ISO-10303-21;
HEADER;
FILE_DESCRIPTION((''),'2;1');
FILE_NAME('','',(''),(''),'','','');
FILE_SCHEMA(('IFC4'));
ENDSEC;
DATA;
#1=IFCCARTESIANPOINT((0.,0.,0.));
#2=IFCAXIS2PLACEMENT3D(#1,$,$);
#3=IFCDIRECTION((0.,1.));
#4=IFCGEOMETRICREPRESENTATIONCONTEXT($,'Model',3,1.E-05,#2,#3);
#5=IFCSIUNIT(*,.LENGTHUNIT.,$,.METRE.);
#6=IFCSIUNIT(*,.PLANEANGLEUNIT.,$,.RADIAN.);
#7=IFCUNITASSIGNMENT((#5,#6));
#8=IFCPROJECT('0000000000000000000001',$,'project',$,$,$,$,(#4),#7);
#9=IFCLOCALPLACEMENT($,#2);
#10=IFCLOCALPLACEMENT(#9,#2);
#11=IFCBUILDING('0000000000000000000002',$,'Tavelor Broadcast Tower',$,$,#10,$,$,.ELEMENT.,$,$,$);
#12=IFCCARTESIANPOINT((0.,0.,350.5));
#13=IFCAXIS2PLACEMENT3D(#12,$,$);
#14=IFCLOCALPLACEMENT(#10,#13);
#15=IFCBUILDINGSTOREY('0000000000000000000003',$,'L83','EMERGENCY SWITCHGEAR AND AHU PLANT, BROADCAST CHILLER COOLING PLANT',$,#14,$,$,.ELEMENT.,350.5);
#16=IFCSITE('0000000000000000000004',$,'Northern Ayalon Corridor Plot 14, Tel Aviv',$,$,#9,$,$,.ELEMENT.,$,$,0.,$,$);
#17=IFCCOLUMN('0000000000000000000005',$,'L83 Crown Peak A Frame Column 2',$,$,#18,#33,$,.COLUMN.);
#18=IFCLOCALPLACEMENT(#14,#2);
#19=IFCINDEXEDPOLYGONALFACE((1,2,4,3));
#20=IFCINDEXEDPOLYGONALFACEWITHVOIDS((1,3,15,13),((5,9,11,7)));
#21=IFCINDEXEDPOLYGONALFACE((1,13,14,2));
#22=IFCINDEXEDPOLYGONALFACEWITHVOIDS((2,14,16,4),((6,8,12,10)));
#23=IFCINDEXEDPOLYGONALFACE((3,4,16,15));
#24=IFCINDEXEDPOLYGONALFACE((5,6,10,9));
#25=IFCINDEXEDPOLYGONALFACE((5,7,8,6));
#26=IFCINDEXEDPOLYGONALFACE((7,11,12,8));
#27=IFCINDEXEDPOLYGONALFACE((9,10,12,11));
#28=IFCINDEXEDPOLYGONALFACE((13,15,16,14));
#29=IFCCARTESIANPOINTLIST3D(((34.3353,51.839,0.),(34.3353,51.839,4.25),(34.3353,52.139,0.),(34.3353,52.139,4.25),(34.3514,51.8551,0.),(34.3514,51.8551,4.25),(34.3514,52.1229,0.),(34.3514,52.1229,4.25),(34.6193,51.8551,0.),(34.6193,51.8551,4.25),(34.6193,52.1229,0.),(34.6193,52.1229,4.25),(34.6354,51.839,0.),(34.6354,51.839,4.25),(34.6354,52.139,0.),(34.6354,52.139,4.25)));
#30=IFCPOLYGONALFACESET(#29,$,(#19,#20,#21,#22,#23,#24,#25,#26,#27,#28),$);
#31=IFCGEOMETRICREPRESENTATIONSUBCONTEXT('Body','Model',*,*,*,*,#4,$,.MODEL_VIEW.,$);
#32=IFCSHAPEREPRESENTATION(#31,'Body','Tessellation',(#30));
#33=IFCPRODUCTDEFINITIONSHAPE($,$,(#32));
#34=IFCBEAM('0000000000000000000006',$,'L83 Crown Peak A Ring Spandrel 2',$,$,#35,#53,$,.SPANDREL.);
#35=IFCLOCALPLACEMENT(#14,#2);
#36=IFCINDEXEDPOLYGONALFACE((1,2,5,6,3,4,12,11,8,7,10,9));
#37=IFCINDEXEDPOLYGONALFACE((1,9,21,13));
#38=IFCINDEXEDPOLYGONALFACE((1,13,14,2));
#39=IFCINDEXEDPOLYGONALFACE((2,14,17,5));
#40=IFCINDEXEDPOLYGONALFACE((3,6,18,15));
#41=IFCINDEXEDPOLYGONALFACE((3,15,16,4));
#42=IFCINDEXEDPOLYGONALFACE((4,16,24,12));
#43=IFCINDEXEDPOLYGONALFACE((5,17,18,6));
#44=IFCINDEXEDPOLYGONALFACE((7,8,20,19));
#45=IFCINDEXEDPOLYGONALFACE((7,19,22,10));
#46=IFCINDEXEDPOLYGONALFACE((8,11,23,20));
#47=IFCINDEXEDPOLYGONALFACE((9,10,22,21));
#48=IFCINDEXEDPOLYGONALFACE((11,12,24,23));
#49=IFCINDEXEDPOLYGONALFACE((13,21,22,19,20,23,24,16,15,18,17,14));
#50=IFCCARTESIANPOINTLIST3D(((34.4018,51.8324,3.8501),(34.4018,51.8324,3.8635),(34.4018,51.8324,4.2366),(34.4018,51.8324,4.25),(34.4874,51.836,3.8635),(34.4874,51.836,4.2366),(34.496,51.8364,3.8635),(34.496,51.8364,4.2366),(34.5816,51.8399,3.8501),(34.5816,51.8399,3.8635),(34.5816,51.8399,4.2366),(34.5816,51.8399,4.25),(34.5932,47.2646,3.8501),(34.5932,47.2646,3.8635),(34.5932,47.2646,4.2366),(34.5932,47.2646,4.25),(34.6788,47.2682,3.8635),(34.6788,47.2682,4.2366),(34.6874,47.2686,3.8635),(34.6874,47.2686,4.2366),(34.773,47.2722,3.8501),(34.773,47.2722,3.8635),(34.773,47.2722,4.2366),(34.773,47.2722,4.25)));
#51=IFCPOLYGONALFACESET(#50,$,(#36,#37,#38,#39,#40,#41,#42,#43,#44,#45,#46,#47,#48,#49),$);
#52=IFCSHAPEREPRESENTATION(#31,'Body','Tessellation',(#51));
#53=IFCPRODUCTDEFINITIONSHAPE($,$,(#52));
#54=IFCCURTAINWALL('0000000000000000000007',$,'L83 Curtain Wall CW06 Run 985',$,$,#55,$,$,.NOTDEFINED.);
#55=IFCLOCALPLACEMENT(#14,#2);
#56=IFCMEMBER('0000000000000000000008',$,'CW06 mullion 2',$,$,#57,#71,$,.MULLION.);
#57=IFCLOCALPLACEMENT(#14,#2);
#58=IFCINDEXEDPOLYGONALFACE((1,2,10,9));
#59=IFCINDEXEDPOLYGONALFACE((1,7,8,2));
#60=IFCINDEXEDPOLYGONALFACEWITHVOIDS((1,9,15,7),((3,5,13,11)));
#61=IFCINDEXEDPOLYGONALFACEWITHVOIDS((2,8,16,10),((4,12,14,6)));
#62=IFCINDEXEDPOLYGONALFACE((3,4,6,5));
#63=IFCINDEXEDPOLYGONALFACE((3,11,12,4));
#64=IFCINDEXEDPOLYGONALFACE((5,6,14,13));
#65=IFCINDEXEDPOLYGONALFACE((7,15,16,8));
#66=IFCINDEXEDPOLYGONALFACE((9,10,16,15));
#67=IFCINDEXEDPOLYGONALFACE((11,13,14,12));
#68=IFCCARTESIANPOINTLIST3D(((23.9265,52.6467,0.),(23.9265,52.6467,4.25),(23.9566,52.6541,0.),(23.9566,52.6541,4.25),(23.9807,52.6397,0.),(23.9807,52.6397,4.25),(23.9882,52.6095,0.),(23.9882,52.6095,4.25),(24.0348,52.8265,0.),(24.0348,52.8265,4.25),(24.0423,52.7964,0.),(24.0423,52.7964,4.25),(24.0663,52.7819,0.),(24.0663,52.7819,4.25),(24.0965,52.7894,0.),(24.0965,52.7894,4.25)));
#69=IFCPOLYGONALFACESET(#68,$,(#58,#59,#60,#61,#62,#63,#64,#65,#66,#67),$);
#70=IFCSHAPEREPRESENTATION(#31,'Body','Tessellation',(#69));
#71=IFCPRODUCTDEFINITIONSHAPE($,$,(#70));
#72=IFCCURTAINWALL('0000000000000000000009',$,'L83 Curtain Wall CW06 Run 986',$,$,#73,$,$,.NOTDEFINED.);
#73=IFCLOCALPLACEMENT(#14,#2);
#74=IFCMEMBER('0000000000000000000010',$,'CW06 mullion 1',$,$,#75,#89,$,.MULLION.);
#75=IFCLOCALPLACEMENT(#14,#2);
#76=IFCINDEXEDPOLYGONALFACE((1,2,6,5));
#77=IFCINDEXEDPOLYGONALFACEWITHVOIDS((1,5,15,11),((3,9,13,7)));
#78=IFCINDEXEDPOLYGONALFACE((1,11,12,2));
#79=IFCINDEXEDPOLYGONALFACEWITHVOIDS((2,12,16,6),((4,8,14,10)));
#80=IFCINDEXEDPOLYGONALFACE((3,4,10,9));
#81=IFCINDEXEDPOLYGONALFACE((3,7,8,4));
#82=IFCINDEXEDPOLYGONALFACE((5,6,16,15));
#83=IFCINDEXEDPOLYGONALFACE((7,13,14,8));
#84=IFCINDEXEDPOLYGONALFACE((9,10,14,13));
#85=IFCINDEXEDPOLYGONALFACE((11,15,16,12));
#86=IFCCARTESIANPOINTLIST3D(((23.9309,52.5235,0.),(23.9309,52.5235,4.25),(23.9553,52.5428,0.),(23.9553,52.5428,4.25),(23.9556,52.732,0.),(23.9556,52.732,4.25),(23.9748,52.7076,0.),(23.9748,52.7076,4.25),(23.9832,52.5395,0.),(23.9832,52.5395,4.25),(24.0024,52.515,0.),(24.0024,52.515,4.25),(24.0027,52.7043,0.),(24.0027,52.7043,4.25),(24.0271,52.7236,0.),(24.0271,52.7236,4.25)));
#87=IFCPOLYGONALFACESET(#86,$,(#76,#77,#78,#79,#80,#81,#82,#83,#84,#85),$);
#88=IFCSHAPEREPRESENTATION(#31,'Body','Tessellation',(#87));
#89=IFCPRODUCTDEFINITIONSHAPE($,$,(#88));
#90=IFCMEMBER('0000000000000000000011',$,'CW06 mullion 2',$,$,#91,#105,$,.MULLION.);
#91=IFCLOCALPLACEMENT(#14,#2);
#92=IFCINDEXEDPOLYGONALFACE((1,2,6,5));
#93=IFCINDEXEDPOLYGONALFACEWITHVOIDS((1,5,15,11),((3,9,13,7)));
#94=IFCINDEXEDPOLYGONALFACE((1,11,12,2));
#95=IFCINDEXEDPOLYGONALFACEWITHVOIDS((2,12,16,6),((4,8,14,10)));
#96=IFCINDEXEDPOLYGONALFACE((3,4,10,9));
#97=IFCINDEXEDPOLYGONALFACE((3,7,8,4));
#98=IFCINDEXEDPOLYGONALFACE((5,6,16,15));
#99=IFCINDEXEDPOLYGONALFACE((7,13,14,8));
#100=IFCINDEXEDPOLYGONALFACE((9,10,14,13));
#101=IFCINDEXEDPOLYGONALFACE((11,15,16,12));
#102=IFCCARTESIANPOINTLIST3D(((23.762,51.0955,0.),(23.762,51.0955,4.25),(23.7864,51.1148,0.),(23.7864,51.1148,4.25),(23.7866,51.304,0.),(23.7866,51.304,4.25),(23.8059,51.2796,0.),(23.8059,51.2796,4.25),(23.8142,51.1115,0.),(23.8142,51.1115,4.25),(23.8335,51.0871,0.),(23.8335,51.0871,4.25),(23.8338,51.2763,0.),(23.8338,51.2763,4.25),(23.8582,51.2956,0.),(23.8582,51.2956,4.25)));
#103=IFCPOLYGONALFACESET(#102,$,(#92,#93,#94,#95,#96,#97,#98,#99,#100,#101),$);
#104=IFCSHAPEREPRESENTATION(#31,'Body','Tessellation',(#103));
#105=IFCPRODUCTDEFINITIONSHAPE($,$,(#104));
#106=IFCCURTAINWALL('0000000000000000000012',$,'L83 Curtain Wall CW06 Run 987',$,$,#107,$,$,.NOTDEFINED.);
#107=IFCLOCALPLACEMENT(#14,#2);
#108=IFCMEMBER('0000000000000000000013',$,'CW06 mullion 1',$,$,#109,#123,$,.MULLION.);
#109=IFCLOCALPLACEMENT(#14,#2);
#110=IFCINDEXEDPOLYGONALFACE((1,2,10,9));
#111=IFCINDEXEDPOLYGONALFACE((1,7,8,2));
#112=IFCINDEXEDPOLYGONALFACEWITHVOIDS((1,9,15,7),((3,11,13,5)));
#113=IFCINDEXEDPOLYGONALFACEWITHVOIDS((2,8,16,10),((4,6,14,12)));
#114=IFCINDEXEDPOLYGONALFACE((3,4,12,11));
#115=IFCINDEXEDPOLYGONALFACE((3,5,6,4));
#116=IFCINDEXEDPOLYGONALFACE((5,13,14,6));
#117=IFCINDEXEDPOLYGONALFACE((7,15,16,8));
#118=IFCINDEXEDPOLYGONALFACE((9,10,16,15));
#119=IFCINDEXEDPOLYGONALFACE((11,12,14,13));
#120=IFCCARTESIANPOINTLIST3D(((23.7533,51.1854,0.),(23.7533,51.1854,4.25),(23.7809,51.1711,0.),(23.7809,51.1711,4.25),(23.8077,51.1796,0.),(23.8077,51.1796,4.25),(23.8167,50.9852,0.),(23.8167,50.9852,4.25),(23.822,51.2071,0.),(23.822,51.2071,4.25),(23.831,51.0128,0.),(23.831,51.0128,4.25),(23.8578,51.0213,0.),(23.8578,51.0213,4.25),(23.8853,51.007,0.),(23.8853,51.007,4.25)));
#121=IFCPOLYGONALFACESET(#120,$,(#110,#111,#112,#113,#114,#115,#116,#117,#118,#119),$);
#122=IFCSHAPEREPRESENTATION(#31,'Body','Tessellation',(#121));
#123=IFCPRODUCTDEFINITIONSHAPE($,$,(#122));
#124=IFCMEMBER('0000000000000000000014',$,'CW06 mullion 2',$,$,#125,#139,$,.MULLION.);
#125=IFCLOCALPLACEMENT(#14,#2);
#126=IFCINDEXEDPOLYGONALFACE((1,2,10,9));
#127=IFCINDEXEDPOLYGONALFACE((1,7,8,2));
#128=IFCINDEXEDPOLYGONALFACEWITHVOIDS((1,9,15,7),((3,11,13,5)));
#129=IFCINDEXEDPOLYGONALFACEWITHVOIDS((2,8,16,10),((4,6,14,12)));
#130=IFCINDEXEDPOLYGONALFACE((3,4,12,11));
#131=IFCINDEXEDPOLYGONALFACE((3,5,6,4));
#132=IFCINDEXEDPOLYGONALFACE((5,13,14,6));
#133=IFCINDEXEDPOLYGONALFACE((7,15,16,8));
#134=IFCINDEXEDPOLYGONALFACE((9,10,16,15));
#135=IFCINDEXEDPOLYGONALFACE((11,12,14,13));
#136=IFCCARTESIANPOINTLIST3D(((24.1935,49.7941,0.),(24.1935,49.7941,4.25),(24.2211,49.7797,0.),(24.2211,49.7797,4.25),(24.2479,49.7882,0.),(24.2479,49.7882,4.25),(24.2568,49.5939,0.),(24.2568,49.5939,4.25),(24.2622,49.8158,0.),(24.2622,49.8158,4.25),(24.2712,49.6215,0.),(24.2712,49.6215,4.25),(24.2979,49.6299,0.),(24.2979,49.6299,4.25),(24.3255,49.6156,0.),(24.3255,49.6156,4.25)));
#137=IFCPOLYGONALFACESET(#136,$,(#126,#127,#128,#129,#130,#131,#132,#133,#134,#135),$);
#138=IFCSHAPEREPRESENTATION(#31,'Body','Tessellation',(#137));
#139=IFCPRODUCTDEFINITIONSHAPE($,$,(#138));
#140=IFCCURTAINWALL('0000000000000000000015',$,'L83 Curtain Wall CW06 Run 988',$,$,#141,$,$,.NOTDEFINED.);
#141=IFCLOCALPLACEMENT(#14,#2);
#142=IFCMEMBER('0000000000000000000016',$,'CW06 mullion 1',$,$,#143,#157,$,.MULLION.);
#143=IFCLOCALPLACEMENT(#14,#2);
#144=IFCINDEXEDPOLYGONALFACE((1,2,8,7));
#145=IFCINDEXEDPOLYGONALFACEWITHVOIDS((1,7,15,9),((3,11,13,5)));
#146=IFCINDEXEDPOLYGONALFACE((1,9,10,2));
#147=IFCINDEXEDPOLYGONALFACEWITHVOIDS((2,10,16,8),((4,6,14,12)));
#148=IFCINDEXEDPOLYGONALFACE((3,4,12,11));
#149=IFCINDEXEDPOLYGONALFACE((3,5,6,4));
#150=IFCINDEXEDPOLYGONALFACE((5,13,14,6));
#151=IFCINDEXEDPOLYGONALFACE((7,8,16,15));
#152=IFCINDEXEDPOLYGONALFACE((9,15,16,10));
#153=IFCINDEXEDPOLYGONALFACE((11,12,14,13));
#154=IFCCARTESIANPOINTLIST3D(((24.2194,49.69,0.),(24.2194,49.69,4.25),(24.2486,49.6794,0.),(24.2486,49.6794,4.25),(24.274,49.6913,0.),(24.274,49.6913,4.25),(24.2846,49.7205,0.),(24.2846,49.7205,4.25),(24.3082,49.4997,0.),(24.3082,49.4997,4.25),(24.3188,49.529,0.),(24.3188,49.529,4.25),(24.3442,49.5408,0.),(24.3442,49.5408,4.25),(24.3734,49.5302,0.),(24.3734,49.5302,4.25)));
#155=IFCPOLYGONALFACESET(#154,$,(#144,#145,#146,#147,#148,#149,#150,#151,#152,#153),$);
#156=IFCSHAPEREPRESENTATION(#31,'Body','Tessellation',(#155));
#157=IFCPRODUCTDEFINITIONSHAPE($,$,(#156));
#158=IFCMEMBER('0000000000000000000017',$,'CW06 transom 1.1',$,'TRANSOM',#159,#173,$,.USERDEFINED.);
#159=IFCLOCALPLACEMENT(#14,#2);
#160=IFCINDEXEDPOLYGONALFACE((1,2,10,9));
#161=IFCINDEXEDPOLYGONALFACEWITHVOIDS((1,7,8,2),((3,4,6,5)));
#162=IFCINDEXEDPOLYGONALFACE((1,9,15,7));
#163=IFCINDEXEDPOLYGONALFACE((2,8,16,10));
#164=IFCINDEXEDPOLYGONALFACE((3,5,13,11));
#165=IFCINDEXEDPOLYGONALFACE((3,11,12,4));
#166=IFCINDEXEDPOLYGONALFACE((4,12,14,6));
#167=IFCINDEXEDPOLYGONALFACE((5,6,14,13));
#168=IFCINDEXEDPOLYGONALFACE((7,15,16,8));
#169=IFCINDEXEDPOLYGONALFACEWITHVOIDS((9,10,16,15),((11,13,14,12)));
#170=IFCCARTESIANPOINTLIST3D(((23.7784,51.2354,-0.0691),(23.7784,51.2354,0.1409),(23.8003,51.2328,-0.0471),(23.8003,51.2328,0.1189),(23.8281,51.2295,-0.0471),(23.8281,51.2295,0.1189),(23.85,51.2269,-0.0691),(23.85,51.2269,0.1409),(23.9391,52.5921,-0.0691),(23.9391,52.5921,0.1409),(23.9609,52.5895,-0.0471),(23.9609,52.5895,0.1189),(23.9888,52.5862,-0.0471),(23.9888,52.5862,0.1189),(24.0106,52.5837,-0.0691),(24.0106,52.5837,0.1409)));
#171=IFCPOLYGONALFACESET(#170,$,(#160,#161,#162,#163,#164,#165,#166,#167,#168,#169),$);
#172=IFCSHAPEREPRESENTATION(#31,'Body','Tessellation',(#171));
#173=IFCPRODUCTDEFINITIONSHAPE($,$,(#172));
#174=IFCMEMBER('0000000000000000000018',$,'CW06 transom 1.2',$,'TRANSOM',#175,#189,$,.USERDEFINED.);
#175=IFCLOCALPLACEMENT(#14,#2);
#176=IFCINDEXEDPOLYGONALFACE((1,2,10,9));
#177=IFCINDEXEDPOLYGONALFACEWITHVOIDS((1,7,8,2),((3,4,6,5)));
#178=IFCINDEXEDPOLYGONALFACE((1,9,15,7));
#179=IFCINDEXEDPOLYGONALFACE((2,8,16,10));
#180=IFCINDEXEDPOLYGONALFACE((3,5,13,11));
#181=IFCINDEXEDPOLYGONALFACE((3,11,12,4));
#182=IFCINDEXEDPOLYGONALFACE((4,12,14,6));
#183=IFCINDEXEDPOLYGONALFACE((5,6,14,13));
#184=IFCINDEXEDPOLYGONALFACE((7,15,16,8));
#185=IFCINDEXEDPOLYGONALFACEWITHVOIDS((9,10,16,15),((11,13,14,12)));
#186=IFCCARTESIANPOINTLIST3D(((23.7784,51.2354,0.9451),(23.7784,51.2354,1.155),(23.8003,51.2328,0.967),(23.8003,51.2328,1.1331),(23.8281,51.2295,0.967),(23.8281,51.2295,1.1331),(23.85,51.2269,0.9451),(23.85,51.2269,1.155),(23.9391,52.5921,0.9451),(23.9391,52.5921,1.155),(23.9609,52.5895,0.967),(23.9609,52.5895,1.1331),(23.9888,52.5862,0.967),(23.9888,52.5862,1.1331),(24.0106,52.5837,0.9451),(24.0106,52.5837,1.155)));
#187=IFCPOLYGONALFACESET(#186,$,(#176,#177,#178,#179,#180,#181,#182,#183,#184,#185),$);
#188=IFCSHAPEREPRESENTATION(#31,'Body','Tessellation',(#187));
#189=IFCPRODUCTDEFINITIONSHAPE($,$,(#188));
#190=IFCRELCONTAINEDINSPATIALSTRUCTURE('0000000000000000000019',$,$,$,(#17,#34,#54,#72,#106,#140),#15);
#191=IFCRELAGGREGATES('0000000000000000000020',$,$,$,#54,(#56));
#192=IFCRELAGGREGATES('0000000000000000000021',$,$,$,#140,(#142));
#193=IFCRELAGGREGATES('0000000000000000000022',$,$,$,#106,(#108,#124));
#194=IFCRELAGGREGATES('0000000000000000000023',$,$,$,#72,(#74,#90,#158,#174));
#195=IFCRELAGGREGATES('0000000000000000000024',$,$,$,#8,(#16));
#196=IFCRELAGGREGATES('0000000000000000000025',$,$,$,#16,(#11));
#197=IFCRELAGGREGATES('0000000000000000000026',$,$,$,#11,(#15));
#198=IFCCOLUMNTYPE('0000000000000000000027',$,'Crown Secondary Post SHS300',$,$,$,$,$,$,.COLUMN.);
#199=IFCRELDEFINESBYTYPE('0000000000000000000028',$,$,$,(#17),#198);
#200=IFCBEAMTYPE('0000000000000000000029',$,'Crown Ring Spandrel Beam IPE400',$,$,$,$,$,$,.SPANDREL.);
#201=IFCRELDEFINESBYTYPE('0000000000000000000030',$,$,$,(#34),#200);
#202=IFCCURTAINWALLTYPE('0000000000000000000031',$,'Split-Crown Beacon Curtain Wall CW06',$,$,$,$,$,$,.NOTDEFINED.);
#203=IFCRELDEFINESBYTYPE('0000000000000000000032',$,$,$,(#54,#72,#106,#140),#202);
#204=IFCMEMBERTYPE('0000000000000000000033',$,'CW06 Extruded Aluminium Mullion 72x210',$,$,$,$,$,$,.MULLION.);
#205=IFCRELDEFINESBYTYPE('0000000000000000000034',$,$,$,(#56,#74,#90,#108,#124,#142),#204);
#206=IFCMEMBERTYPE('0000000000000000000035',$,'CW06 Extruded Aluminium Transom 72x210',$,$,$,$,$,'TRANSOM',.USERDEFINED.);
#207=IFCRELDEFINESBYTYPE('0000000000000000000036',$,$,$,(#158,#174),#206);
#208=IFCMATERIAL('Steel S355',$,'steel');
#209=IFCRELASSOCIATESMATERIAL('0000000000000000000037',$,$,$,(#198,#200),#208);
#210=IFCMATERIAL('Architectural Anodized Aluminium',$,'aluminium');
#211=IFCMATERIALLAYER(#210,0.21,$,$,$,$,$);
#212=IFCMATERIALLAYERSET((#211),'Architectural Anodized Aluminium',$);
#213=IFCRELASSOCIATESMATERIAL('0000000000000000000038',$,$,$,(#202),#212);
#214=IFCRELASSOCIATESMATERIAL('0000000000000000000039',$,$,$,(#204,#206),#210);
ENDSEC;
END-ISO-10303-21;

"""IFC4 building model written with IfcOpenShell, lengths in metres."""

from ifc_helpers import new_model, si_unit, direction, frame, origin, origin_2d, place, context, subcontext, project, spatial, hollow_rectangle, i_section, extrude, source, transform, mapped, material, layer, layer_set, material_profile, profile_set, type_object, type_shapes, element, aggregate, save


model = new_model("IFC4")

# Units and contexts
model_context = context("Model", 3, precision=1e-05, world=origin(), true_north=direction((0.0, 1.0)))
body_context = subcontext(model_context, "Body", "Model", "MODEL_VIEW")
ifc_project = project(units=[si_unit("LENGTHUNIT", "METRE"), si_unit("PLANEANGLEUNIT", "RADIAN")], contexts=[model_context])

# Site, building, storey
site_placement = place(None, origin())
site = spatial("IfcSite", under=ifc_project, at=site_placement, Name="Northern Ayalon Corridor Plot 14, Tel Aviv", CompositionType="ELEMENT", RefElevation=0.0)
building_placement = place(site_placement, origin())
building = spatial("IfcBuilding", under=site, at=building_placement, Name="Tavelor Broadcast Tower", CompositionType="ELEMENT")
storey_placement = place(building_placement, frame((0.0, 0.0, 350.5)))
storey = spatial("IfcBuildingStorey", under=building, at=storey_placement, Name="L83", Description="EMERGENCY SWITCHGEAR AND AHU PLANT, BROADCAST CHILLER COOLING PLANT", CompositionType="ELEMENT", Elevation=350.5)

# Column
ifc_material_1 = material(Name="Steel S355", Category="steel")
ifc_material_profile_1 = material_profile(ifc_material_1, hollow_rectangle(XDim=0.3, YDim=0.3, WallThickness=0.0161, at=origin_2d()), Name="SHS 300x300x16")
ifc_profile_set_1 = profile_set([ifc_material_profile_1], Name="Steel S355")
column_type = type_object("IfcColumnType", Name="Crown Secondary Post SHS300", PredefinedType="COLUMN", material=ifc_profile_set_1)
column_placement = place(storey_placement, frame((34.4854, 51.989, 0.0), z_axis=(0.0, 0.0, 1.0), x_axis=(1.0, 0.0, 0.0)))
element("IfcColumn", 1, at=column_placement, inside=storey, type_object=column_type, Name="L83 Crown Peak A Frame Column 2", PredefinedType="COLUMN", context=body_context, shape_type="SweptSolid", body=[
    extrude(hollow_rectangle(XDim=0.3, YDim=0.3, WallThickness=0.0161, at=origin_2d()), origin(), (0.0, 0.0, 1.0), 4.25),
])

# Beam
ifc_material_profile_2 = material_profile(ifc_material_1, i_section(OverallWidth=0.1799, OverallDepth=0.3999, WebThickness=0.0085, FlangeThickness=0.0134, at=origin_2d()), Name="IPE 400")
ifc_profile_set_2 = profile_set([ifc_material_profile_2], Name="Steel S355")
beam_type = type_object("IfcBeamType", Name="Crown Ring Spandrel Beam IPE400", PredefinedType="SPANDREL", material=ifc_profile_set_2)
beam_placement = place(storey_placement, frame((34.4917, 51.8362, 4.05), z_axis=(0.041866, -0.999123, 0.0), x_axis=(0.999123, 0.041866, 0.0)))
element("IfcBeam", 2, at=beam_placement, inside=storey, type_object=beam_type, Name="L83 Crown Peak A Ring Spandrel 2", PredefinedType="SPANDREL", context=body_context, shape_type="SweptSolid", body=[
    extrude(i_section(OverallWidth=0.1799, OverallDepth=0.3999, WebThickness=0.0085, FlangeThickness=0.0134, at=origin_2d()), origin(), (0.0, 0.0, 1.0), 4.5718),
])

# Curtain wall, member
ifc_material_2 = material(Name="Architectural Anodized Aluminium", Category="aluminium")
ifc_layer_1 = layer(ifc_material_2, 0.21)
ifc_layer_set_1 = layer_set([ifc_layer_1], Name="Architectural Anodized Aluminium")
curtain_wall_type = type_object("IfcCurtainWallType", Name="Split-Crown Beacon Curtain Wall CW06", PredefinedType="NOTDEFINED", material=ifc_layer_set_1)
curtain_wall_1_placement = place(storey_placement, origin())
curtain_wall_1 = element("IfcCurtainWall", 3, at=curtain_wall_1_placement, inside=storey, type_object=curtain_wall_type, Name="L83 Curtain Wall CW06 Run 985", PredefinedType="NOTDEFINED")
ifc_material_profile_3 = material_profile(ifc_material_2, hollow_rectangle(XDim=0.072, YDim=0.21, WallThickness=0.022, at=origin_2d()), Name="RHS 72x210x22")
ifc_profile_set_3 = profile_set([ifc_material_profile_3], Name="Architectural Anodized Aluminium")
member_type_1 = type_object("IfcMemberType", Name="CW06 Extruded Aluminium Mullion 72x210", PredefinedType="MULLION", material=ifc_profile_set_3)
shared_shape_1 = source(origin(), body_context, "Body", "SweptSolid", [
    extrude(hollow_rectangle(XDim=0.072, YDim=0.21, WallThickness=0.022, at=origin_2d()), origin(), (0.0, 0.0, 1.0), 4.25),
])
type_shapes(member_type_1, [shared_shape_1])
member_1_placement = place(storey_placement, frame((24.0115, 52.718, 0.0), z_axis=(0.0, 0.0, 1.0), x_axis=(0.856697, -0.515819, 0.0)))
member_1 = element("IfcMember", 4, at=member_1_placement, type_object=member_type_1, Name="CW06 mullion 2", PredefinedType="MULLION", context=body_context, shape_type="MappedRepresentation", body=[
    mapped(shared_shape_1, transform((0.0, 0.0, 0.0), scale=1.0)),
])
aggregate(curtain_wall_1, [member_1])

# Curtain walls, members
curtain_wall_2_placement = place(storey_placement, origin())
curtain_wall_2 = element("IfcCurtainWall", 5, at=curtain_wall_2_placement, inside=storey, type_object=curtain_wall_type, Name="L83 Curtain Wall CW06 Run 986", PredefinedType="NOTDEFINED")
member_2_placement = place(storey_placement, frame((23.979, 52.6235, 0.0), z_axis=(0.0, 0.0, 1.0), x_axis=(0.993069, -0.117537, 0.0)))
member_2 = element("IfcMember", 6, at=member_2_placement, type_object=member_type_1, Name="CW06 mullion 1", PredefinedType="MULLION", context=body_context, shape_type="MappedRepresentation", body=[
    mapped(shared_shape_1, transform((0.0, 0.0, 0.0), scale=1.0)),
])
member_3_placement = place(storey_placement, frame((23.8101, 51.1956, 0.0), z_axis=(0.0, 0.0, 1.0), x_axis=(0.993069, -0.117537, 0.0)))
member_3 = element("IfcMember", 7, at=member_3_placement, type_object=member_type_1, Name="CW06 mullion 2", PredefinedType="MULLION", context=body_context, shape_type="MappedRepresentation", body=[
    mapped(shared_shape_1, transform((0.0, 0.0, 0.0), scale=1.0)),
])
curtain_wall_3_placement = place(storey_placement, origin())
curtain_wall_3 = element("IfcCurtainWall", 8, at=curtain_wall_3_placement, inside=storey, type_object=curtain_wall_type, Name="L83 Curtain Wall CW06 Run 987", PredefinedType="NOTDEFINED")
member_4_placement = place(storey_placement, frame((23.8193, 51.0962, 0.0), z_axis=(0.0, 0.0, 1.0), x_axis=(0.953455, 0.301535, 0.0)))
member_4 = element("IfcMember", 9, at=member_4_placement, type_object=member_type_1, Name="CW06 mullion 1", PredefinedType="MULLION", context=body_context, shape_type="MappedRepresentation", body=[
    mapped(shared_shape_1, transform((0.0, 0.0, 0.0), scale=1.0)),
])
member_5_placement = place(storey_placement, frame((24.2595, 49.7048, 0.0), z_axis=(0.0, 0.0, 1.0), x_axis=(0.953455, 0.301535, 0.0)))
member_5 = element("IfcMember", 10, at=member_5_placement, type_object=member_type_1, Name="CW06 mullion 2", PredefinedType="MULLION", context=body_context, shape_type="MappedRepresentation", body=[
    mapped(shared_shape_1, transform((0.0, 0.0, 0.0), scale=1.0)),
])

# Curtain wall, member
curtain_wall_4_placement = place(storey_placement, origin())
curtain_wall_4 = element("IfcCurtainWall", 11, at=curtain_wall_4_placement, inside=storey, type_object=curtain_wall_type, Name="L83 Curtain Wall CW06 Run 988", PredefinedType="NOTDEFINED")
member_6_placement = place(storey_placement, frame((24.2964, 49.6101, 0.0), z_axis=(0.0, 0.0, 1.0), x_axis=(0.906161, 0.422934, 0.0)))
member_6 = element("IfcMember", 12, at=member_6_placement, type_object=member_type_1, Name="CW06 mullion 1", PredefinedType="MULLION", context=body_context, shape_type="MappedRepresentation", body=[
    mapped(shared_shape_1, transform((0.0, 0.0, 0.0), scale=1.0)),
])

# Members
ifc_material_profile_4 = material_profile(ifc_material_2, hollow_rectangle(XDim=0.072, YDim=0.21, WallThickness=0.022, at=origin_2d()), Name="RHS 72x210x22")
ifc_profile_set_4 = profile_set([ifc_material_profile_4], Name="Architectural Anodized Aluminium")
member_type_2 = type_object("IfcMemberType", Name="CW06 Extruded Aluminium Transom 72x210", ElementType="TRANSOM", PredefinedType="USERDEFINED", material=ifc_profile_set_4)
shared_shape_2 = source(origin(), body_context, "Body", "SweptSolid", [
    extrude(hollow_rectangle(XDim=0.072, YDim=0.21, WallThickness=0.022, at=origin_2d()), origin(), (0.0, 0.0, 1.0), 1.3662),
])
member_7_placement = place(storey_placement, frame((23.9749, 52.5879, 0.0359), z_axis=(-0.117588, -0.993062, 0.0), x_axis=(0.993062, -0.117588, 0.0)))
member_7 = element("IfcMember", 13, at=member_7_placement, type_object=member_type_2, Name="CW06 transom 1.1", ObjectType="TRANSOM", PredefinedType="USERDEFINED", context=body_context, shape_type="MappedRepresentation", body=[
    mapped(shared_shape_2, transform((0.0, 0.0, 0.0), scale=1.0)),
])
member_8_placement = place(storey_placement, frame((23.9749, 52.5879, 1.05), z_axis=(-0.117588, -0.993062, 0.0), x_axis=(0.993062, -0.117588, 0.0)))
member_8 = element("IfcMember", 14, at=member_8_placement, type_object=member_type_2, Name="CW06 transom 1.2", ObjectType="TRANSOM", PredefinedType="USERDEFINED", context=body_context, shape_type="MappedRepresentation", body=[
    mapped(shared_shape_2, transform((0.0, 0.0, 0.0), scale=1.0)),
])
aggregate(curtain_wall_4, [member_6])

aggregate(curtain_wall_3, [member_4, member_5])
aggregate(curtain_wall_2, [member_2, member_3, member_7, member_8])

save(model, "model.ifc")
